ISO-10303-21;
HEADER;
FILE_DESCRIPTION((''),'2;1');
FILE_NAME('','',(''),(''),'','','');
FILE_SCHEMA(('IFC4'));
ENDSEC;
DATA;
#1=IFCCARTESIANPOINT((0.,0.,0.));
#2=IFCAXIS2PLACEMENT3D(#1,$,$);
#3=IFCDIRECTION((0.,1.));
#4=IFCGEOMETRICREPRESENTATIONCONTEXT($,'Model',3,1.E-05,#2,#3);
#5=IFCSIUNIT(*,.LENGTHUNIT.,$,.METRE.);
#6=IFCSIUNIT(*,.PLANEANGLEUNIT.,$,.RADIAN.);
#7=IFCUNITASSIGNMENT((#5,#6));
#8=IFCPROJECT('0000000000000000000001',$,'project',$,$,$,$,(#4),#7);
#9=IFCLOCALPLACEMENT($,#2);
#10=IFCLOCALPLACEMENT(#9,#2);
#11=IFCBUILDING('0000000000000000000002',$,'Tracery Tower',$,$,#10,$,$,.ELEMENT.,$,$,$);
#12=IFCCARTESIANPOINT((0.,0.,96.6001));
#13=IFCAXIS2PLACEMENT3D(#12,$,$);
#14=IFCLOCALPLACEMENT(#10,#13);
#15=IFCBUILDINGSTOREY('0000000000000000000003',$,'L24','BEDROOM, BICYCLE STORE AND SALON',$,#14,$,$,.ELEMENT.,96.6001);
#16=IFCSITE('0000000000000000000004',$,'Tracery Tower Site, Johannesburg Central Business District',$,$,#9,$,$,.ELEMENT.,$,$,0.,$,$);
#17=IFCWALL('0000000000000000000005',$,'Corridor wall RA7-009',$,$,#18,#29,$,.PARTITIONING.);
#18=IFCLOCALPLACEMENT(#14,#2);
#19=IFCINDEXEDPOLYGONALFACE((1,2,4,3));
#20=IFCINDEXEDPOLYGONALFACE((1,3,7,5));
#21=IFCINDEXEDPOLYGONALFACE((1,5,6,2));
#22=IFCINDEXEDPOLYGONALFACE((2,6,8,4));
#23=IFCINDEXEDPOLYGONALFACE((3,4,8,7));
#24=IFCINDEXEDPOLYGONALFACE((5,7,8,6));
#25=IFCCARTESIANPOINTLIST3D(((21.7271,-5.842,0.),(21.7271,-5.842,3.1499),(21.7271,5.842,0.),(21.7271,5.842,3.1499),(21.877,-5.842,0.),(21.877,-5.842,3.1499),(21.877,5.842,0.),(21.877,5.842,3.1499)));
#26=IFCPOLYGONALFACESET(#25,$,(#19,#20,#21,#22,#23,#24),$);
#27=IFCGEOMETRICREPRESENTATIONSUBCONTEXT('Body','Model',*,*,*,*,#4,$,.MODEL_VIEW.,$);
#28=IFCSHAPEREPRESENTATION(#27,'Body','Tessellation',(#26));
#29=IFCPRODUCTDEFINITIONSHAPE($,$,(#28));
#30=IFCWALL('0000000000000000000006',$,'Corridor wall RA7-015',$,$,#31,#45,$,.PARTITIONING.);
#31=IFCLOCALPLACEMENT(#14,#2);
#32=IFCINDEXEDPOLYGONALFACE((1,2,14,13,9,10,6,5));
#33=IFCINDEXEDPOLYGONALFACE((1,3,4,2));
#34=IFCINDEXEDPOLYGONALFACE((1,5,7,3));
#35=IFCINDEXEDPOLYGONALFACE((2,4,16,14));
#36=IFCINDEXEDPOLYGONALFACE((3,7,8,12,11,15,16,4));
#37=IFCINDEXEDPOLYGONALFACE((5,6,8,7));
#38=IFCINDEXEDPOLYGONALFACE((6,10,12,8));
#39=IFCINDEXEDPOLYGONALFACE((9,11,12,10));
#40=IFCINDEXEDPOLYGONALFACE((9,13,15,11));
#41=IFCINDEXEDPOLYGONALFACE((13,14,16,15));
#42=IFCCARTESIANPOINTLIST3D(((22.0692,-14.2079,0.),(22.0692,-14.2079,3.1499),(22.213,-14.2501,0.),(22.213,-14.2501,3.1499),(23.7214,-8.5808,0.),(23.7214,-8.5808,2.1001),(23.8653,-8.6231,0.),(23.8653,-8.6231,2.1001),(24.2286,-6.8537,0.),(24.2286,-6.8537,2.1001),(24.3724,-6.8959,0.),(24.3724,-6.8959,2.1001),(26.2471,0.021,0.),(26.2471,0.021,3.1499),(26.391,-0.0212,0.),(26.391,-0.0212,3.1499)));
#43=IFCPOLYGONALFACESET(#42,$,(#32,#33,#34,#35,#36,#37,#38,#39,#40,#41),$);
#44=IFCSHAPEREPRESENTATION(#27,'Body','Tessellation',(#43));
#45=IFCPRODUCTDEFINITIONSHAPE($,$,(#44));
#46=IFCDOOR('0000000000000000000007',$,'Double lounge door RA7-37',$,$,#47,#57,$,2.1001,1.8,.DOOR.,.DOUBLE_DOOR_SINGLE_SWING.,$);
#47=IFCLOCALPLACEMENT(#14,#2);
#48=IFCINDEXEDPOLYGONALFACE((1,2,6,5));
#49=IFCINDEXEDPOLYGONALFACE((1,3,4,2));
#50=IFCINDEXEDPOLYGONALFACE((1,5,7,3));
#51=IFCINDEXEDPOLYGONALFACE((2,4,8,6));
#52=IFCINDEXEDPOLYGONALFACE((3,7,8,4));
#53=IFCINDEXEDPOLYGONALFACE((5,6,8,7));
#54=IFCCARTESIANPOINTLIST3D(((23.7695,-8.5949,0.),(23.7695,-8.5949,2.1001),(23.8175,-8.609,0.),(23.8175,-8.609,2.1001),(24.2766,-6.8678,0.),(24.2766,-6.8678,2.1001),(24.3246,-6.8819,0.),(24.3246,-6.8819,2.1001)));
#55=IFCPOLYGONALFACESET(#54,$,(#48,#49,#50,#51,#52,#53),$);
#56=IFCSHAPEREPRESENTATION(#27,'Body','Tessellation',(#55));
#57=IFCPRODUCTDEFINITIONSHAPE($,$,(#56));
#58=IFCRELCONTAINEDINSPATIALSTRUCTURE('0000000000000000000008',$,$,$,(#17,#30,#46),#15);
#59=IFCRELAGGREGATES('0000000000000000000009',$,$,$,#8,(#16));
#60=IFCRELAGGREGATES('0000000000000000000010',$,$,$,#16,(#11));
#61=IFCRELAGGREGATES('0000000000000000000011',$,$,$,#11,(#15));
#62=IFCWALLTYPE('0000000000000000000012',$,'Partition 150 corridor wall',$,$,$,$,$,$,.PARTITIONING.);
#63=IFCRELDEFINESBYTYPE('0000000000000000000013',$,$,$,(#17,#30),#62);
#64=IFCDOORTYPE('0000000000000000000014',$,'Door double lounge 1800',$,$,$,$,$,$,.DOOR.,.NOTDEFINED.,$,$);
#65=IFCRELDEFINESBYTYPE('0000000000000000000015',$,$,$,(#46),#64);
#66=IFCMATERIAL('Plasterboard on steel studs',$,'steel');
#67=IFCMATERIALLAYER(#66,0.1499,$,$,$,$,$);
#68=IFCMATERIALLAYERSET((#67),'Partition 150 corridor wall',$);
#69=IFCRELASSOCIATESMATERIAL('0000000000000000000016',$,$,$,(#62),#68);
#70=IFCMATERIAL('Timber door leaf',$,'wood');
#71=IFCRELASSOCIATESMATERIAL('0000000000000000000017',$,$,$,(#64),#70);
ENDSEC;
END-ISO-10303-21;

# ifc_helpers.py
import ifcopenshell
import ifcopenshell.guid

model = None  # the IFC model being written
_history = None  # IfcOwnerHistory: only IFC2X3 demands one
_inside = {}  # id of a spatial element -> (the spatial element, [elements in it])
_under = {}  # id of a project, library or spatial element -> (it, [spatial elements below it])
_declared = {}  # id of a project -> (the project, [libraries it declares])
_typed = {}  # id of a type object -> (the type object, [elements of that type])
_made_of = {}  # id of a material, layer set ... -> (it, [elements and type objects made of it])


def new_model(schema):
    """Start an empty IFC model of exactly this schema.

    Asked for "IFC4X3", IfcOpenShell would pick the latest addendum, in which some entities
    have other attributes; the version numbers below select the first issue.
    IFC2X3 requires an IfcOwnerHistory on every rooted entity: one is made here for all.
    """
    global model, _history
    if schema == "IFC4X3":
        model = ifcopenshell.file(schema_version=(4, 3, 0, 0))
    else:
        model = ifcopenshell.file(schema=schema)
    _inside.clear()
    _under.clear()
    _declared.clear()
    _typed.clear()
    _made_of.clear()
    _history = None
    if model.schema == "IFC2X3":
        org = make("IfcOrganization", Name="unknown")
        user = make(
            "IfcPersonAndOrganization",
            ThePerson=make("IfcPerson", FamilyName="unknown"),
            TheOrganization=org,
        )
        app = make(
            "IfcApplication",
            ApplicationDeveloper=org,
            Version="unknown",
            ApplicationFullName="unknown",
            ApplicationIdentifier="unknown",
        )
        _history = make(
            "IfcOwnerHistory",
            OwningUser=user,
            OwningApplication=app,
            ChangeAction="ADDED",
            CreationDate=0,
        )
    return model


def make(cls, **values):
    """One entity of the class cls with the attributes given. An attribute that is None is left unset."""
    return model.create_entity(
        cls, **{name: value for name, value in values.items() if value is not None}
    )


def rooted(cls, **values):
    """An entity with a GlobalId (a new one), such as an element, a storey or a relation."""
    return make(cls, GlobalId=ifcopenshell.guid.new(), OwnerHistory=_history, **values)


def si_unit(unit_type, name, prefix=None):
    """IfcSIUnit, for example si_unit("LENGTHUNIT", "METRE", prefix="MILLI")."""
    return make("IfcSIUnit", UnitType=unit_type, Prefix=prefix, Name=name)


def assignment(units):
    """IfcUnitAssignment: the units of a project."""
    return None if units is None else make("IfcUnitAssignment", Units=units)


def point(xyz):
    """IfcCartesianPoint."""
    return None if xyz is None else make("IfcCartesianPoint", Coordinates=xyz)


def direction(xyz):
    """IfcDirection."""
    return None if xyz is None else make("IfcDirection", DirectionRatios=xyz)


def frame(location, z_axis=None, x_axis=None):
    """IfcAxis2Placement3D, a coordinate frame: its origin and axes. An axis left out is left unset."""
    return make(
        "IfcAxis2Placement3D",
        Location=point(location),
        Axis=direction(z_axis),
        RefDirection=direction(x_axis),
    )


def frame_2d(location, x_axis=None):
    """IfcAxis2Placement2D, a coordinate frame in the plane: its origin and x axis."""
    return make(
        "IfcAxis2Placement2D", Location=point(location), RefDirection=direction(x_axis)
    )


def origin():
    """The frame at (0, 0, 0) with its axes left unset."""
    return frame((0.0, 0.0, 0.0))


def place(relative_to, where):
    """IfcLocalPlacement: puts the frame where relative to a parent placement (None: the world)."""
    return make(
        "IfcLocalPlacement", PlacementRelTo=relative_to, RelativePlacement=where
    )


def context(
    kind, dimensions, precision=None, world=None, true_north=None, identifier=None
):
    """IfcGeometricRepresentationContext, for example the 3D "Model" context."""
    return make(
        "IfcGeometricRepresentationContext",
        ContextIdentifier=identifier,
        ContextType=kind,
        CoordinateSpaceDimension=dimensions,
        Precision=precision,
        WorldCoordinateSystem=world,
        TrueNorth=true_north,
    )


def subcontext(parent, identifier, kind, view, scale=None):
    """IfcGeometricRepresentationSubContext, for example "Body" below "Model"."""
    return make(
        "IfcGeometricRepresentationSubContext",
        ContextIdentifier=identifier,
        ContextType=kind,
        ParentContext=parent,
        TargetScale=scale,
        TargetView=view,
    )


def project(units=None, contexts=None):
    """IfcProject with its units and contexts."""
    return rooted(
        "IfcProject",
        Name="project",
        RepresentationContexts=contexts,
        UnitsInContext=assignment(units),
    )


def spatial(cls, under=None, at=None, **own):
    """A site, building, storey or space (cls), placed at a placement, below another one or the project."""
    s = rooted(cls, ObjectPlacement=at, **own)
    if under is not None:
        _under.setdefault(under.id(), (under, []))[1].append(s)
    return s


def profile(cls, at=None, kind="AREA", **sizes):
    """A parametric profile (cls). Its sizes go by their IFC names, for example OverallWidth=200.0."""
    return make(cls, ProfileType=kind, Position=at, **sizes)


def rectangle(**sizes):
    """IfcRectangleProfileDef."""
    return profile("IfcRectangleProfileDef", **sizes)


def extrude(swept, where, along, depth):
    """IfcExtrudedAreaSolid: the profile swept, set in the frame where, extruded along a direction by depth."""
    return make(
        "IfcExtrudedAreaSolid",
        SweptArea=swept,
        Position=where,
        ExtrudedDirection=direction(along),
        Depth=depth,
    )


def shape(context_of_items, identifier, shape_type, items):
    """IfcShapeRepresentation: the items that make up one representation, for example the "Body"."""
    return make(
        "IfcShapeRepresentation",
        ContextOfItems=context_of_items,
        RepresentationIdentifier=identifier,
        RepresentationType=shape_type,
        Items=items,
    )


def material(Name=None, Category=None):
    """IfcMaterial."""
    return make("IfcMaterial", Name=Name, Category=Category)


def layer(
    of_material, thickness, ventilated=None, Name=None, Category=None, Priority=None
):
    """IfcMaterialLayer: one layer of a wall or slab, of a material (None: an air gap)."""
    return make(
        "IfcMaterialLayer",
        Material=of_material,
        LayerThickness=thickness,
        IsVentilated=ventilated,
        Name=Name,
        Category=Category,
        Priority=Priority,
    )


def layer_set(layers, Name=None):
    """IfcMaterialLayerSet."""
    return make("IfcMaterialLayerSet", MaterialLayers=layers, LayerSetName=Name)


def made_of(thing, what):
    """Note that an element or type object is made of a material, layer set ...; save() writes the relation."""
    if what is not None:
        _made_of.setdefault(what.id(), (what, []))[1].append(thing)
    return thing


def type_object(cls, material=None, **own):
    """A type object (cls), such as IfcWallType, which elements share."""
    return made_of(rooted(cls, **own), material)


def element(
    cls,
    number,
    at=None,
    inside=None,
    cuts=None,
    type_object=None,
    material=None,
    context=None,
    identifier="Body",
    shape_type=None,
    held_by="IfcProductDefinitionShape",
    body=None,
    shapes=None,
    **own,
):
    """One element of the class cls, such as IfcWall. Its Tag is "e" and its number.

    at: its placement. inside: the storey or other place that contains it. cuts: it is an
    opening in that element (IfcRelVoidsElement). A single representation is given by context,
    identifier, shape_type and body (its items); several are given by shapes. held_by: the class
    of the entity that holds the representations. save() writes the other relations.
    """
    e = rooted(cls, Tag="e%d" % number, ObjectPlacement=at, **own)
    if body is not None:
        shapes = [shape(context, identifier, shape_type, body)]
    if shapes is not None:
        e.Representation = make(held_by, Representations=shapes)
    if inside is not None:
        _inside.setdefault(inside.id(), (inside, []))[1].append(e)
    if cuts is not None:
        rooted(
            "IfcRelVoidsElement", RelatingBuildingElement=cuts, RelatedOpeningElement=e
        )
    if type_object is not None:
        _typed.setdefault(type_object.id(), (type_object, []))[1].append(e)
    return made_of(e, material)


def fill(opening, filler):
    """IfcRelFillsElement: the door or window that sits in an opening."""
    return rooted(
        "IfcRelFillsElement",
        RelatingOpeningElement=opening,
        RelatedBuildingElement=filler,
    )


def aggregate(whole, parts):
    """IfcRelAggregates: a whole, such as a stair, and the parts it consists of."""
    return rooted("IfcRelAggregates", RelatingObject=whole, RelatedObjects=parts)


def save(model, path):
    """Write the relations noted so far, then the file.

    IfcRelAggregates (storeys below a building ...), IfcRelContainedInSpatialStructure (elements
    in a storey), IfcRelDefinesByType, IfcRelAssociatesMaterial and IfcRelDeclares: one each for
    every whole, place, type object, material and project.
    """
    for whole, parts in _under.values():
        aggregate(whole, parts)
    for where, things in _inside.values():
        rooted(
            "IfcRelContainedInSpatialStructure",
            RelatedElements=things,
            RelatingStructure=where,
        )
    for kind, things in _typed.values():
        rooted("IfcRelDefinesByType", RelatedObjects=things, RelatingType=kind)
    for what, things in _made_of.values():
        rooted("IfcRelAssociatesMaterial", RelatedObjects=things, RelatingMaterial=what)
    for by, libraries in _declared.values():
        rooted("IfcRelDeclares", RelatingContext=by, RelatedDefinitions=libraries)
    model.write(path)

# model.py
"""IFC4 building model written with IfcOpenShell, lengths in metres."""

from ifc_helpers import new_model, si_unit, direction, frame, frame_2d, origin, place, context, subcontext, project, spatial, rectangle, extrude, material, layer, layer_set, type_object, element, fill, save


model = new_model("IFC4")

# Units and contexts
model_context = context("Model", 3, precision=1e-05, world=origin(), true_north=direction((0.0, 1.0)))
body_context = subcontext(model_context, "Body", "Model", "MODEL_VIEW")
ifc_project = project(units=[si_unit("LENGTHUNIT", "METRE"), si_unit("PLANEANGLEUNIT", "RADIAN")], contexts=[model_context])

# Site, building, storey
site_placement = place(None, origin())
site = spatial("IfcSite", under=ifc_project, at=site_placement, Name="Tracery Tower Site, Johannesburg Central Business District", CompositionType="ELEMENT", RefElevation=0.0)
building_placement = place(site_placement, origin())
building = spatial("IfcBuilding", under=site, at=building_placement, Name="Tracery Tower", CompositionType="ELEMENT")
storey_placement = place(building_placement, frame((0.0, 0.0, 96.6001)))
storey = spatial("IfcBuildingStorey", under=building, at=storey_placement, Name="L24", Description="BEDROOM, BICYCLE STORE AND SALON", CompositionType="ELEMENT", Elevation=96.6001)

# Shared definitions
ifc_material_1 = material(Name="Plasterboard on steel studs", Category="steel")
ifc_layer_1 = layer(ifc_material_1, 0.1499)
ifc_layer_set_1 = layer_set([ifc_layer_1], Name="Partition 150 corridor wall")
wall_type_1 = type_object("IfcWallType", Name="Partition 150 corridor wall", PredefinedType="PARTITIONING", material=ifc_layer_set_1)
ifc_material_2 = material(Name="Timber door leaf", Category="wood")
door_type_1 = type_object("IfcDoorType", Name="Door double lounge 1800", OperationType="NOTDEFINED", PredefinedType="DOOR", material=ifc_material_2)

# Wall
wall_1_placement = place(storey_placement, frame((21.802, -5.842, 0.0), z_axis=(0.0, 0.0, 1.0), x_axis=(0.0, 1.0, 0.0)))
element("IfcWall", 1, at=wall_1_placement, inside=storey, type_object=wall_type_1, Name="Corridor wall RA7-009", PredefinedType="PARTITIONING", context=body_context, shape_type="SweptSolid", body=[
    extrude(rectangle(XDim=11.6841, YDim=0.1499, at=frame_2d((5.842, 0.0))), origin(), (0.0, 0.0, 1.0), 3.1499),
])

# Wall, opening, door
wall_2_placement = place(storey_placement, frame((22.1411, -14.229, 0.0), z_axis=(0.0, 0.0, 1.0), x_axis=(0.28173, 0.959494, 0.0)))
wall_2 = element("IfcWall", 2, at=wall_2_placement, inside=storey, type_object=wall_type_1, Name="Corridor wall RA7-015", PredefinedType="PARTITIONING", context=body_context, shape_type="SweptSolid", body=[
    extrude(rectangle(XDim=14.8296, YDim=0.1499, at=frame_2d((7.4148, 0.0))), origin(), (0.0, 0.0, 1.0), 3.1499),
])
opening_1_placement = place(wall_2_placement, frame((5.8647, 0.0, 0.0)))
opening_1 = element("IfcOpeningElement", 3, at=opening_1_placement, cuts=wall_2, PredefinedType="OPENING", context=body_context, shape_type="SweptSolid", body=[
    extrude(rectangle(XDim=1.8, YDim=2.1001, at=frame_2d((0.8999, 1.05))), frame((0.0, 0.075, 0.0), z_axis=(0.0, -1.0, 0.0), x_axis=(1.0, 0.0, 0.0)), (0.0, 0.0, 1.0), 0.1499),
])
door_1_placement = place(opening_1_placement, origin())
door_1 = element("IfcDoor", 4, at=door_1_placement, inside=storey, type_object=door_type_1, Name="Double lounge door RA7-37", OperationType="DOUBLE_DOOR_SINGLE_SWING", OverallHeight=2.1001, OverallWidth=1.8, PredefinedType="DOOR", context=body_context, shape_type="SweptSolid", body=[
    extrude(rectangle(XDim=1.8, YDim=2.1001, at=frame_2d((0.8999, 1.05))), frame((0.0, 0.0249, 0.0), z_axis=(0.0, -1.0, 0.0), x_axis=(1.0, 0.0, 0.0)), (0.0, 0.0, 1.0), 0.05),
])
fill(opening_1, door_1)

save(model, "model.ifc")
